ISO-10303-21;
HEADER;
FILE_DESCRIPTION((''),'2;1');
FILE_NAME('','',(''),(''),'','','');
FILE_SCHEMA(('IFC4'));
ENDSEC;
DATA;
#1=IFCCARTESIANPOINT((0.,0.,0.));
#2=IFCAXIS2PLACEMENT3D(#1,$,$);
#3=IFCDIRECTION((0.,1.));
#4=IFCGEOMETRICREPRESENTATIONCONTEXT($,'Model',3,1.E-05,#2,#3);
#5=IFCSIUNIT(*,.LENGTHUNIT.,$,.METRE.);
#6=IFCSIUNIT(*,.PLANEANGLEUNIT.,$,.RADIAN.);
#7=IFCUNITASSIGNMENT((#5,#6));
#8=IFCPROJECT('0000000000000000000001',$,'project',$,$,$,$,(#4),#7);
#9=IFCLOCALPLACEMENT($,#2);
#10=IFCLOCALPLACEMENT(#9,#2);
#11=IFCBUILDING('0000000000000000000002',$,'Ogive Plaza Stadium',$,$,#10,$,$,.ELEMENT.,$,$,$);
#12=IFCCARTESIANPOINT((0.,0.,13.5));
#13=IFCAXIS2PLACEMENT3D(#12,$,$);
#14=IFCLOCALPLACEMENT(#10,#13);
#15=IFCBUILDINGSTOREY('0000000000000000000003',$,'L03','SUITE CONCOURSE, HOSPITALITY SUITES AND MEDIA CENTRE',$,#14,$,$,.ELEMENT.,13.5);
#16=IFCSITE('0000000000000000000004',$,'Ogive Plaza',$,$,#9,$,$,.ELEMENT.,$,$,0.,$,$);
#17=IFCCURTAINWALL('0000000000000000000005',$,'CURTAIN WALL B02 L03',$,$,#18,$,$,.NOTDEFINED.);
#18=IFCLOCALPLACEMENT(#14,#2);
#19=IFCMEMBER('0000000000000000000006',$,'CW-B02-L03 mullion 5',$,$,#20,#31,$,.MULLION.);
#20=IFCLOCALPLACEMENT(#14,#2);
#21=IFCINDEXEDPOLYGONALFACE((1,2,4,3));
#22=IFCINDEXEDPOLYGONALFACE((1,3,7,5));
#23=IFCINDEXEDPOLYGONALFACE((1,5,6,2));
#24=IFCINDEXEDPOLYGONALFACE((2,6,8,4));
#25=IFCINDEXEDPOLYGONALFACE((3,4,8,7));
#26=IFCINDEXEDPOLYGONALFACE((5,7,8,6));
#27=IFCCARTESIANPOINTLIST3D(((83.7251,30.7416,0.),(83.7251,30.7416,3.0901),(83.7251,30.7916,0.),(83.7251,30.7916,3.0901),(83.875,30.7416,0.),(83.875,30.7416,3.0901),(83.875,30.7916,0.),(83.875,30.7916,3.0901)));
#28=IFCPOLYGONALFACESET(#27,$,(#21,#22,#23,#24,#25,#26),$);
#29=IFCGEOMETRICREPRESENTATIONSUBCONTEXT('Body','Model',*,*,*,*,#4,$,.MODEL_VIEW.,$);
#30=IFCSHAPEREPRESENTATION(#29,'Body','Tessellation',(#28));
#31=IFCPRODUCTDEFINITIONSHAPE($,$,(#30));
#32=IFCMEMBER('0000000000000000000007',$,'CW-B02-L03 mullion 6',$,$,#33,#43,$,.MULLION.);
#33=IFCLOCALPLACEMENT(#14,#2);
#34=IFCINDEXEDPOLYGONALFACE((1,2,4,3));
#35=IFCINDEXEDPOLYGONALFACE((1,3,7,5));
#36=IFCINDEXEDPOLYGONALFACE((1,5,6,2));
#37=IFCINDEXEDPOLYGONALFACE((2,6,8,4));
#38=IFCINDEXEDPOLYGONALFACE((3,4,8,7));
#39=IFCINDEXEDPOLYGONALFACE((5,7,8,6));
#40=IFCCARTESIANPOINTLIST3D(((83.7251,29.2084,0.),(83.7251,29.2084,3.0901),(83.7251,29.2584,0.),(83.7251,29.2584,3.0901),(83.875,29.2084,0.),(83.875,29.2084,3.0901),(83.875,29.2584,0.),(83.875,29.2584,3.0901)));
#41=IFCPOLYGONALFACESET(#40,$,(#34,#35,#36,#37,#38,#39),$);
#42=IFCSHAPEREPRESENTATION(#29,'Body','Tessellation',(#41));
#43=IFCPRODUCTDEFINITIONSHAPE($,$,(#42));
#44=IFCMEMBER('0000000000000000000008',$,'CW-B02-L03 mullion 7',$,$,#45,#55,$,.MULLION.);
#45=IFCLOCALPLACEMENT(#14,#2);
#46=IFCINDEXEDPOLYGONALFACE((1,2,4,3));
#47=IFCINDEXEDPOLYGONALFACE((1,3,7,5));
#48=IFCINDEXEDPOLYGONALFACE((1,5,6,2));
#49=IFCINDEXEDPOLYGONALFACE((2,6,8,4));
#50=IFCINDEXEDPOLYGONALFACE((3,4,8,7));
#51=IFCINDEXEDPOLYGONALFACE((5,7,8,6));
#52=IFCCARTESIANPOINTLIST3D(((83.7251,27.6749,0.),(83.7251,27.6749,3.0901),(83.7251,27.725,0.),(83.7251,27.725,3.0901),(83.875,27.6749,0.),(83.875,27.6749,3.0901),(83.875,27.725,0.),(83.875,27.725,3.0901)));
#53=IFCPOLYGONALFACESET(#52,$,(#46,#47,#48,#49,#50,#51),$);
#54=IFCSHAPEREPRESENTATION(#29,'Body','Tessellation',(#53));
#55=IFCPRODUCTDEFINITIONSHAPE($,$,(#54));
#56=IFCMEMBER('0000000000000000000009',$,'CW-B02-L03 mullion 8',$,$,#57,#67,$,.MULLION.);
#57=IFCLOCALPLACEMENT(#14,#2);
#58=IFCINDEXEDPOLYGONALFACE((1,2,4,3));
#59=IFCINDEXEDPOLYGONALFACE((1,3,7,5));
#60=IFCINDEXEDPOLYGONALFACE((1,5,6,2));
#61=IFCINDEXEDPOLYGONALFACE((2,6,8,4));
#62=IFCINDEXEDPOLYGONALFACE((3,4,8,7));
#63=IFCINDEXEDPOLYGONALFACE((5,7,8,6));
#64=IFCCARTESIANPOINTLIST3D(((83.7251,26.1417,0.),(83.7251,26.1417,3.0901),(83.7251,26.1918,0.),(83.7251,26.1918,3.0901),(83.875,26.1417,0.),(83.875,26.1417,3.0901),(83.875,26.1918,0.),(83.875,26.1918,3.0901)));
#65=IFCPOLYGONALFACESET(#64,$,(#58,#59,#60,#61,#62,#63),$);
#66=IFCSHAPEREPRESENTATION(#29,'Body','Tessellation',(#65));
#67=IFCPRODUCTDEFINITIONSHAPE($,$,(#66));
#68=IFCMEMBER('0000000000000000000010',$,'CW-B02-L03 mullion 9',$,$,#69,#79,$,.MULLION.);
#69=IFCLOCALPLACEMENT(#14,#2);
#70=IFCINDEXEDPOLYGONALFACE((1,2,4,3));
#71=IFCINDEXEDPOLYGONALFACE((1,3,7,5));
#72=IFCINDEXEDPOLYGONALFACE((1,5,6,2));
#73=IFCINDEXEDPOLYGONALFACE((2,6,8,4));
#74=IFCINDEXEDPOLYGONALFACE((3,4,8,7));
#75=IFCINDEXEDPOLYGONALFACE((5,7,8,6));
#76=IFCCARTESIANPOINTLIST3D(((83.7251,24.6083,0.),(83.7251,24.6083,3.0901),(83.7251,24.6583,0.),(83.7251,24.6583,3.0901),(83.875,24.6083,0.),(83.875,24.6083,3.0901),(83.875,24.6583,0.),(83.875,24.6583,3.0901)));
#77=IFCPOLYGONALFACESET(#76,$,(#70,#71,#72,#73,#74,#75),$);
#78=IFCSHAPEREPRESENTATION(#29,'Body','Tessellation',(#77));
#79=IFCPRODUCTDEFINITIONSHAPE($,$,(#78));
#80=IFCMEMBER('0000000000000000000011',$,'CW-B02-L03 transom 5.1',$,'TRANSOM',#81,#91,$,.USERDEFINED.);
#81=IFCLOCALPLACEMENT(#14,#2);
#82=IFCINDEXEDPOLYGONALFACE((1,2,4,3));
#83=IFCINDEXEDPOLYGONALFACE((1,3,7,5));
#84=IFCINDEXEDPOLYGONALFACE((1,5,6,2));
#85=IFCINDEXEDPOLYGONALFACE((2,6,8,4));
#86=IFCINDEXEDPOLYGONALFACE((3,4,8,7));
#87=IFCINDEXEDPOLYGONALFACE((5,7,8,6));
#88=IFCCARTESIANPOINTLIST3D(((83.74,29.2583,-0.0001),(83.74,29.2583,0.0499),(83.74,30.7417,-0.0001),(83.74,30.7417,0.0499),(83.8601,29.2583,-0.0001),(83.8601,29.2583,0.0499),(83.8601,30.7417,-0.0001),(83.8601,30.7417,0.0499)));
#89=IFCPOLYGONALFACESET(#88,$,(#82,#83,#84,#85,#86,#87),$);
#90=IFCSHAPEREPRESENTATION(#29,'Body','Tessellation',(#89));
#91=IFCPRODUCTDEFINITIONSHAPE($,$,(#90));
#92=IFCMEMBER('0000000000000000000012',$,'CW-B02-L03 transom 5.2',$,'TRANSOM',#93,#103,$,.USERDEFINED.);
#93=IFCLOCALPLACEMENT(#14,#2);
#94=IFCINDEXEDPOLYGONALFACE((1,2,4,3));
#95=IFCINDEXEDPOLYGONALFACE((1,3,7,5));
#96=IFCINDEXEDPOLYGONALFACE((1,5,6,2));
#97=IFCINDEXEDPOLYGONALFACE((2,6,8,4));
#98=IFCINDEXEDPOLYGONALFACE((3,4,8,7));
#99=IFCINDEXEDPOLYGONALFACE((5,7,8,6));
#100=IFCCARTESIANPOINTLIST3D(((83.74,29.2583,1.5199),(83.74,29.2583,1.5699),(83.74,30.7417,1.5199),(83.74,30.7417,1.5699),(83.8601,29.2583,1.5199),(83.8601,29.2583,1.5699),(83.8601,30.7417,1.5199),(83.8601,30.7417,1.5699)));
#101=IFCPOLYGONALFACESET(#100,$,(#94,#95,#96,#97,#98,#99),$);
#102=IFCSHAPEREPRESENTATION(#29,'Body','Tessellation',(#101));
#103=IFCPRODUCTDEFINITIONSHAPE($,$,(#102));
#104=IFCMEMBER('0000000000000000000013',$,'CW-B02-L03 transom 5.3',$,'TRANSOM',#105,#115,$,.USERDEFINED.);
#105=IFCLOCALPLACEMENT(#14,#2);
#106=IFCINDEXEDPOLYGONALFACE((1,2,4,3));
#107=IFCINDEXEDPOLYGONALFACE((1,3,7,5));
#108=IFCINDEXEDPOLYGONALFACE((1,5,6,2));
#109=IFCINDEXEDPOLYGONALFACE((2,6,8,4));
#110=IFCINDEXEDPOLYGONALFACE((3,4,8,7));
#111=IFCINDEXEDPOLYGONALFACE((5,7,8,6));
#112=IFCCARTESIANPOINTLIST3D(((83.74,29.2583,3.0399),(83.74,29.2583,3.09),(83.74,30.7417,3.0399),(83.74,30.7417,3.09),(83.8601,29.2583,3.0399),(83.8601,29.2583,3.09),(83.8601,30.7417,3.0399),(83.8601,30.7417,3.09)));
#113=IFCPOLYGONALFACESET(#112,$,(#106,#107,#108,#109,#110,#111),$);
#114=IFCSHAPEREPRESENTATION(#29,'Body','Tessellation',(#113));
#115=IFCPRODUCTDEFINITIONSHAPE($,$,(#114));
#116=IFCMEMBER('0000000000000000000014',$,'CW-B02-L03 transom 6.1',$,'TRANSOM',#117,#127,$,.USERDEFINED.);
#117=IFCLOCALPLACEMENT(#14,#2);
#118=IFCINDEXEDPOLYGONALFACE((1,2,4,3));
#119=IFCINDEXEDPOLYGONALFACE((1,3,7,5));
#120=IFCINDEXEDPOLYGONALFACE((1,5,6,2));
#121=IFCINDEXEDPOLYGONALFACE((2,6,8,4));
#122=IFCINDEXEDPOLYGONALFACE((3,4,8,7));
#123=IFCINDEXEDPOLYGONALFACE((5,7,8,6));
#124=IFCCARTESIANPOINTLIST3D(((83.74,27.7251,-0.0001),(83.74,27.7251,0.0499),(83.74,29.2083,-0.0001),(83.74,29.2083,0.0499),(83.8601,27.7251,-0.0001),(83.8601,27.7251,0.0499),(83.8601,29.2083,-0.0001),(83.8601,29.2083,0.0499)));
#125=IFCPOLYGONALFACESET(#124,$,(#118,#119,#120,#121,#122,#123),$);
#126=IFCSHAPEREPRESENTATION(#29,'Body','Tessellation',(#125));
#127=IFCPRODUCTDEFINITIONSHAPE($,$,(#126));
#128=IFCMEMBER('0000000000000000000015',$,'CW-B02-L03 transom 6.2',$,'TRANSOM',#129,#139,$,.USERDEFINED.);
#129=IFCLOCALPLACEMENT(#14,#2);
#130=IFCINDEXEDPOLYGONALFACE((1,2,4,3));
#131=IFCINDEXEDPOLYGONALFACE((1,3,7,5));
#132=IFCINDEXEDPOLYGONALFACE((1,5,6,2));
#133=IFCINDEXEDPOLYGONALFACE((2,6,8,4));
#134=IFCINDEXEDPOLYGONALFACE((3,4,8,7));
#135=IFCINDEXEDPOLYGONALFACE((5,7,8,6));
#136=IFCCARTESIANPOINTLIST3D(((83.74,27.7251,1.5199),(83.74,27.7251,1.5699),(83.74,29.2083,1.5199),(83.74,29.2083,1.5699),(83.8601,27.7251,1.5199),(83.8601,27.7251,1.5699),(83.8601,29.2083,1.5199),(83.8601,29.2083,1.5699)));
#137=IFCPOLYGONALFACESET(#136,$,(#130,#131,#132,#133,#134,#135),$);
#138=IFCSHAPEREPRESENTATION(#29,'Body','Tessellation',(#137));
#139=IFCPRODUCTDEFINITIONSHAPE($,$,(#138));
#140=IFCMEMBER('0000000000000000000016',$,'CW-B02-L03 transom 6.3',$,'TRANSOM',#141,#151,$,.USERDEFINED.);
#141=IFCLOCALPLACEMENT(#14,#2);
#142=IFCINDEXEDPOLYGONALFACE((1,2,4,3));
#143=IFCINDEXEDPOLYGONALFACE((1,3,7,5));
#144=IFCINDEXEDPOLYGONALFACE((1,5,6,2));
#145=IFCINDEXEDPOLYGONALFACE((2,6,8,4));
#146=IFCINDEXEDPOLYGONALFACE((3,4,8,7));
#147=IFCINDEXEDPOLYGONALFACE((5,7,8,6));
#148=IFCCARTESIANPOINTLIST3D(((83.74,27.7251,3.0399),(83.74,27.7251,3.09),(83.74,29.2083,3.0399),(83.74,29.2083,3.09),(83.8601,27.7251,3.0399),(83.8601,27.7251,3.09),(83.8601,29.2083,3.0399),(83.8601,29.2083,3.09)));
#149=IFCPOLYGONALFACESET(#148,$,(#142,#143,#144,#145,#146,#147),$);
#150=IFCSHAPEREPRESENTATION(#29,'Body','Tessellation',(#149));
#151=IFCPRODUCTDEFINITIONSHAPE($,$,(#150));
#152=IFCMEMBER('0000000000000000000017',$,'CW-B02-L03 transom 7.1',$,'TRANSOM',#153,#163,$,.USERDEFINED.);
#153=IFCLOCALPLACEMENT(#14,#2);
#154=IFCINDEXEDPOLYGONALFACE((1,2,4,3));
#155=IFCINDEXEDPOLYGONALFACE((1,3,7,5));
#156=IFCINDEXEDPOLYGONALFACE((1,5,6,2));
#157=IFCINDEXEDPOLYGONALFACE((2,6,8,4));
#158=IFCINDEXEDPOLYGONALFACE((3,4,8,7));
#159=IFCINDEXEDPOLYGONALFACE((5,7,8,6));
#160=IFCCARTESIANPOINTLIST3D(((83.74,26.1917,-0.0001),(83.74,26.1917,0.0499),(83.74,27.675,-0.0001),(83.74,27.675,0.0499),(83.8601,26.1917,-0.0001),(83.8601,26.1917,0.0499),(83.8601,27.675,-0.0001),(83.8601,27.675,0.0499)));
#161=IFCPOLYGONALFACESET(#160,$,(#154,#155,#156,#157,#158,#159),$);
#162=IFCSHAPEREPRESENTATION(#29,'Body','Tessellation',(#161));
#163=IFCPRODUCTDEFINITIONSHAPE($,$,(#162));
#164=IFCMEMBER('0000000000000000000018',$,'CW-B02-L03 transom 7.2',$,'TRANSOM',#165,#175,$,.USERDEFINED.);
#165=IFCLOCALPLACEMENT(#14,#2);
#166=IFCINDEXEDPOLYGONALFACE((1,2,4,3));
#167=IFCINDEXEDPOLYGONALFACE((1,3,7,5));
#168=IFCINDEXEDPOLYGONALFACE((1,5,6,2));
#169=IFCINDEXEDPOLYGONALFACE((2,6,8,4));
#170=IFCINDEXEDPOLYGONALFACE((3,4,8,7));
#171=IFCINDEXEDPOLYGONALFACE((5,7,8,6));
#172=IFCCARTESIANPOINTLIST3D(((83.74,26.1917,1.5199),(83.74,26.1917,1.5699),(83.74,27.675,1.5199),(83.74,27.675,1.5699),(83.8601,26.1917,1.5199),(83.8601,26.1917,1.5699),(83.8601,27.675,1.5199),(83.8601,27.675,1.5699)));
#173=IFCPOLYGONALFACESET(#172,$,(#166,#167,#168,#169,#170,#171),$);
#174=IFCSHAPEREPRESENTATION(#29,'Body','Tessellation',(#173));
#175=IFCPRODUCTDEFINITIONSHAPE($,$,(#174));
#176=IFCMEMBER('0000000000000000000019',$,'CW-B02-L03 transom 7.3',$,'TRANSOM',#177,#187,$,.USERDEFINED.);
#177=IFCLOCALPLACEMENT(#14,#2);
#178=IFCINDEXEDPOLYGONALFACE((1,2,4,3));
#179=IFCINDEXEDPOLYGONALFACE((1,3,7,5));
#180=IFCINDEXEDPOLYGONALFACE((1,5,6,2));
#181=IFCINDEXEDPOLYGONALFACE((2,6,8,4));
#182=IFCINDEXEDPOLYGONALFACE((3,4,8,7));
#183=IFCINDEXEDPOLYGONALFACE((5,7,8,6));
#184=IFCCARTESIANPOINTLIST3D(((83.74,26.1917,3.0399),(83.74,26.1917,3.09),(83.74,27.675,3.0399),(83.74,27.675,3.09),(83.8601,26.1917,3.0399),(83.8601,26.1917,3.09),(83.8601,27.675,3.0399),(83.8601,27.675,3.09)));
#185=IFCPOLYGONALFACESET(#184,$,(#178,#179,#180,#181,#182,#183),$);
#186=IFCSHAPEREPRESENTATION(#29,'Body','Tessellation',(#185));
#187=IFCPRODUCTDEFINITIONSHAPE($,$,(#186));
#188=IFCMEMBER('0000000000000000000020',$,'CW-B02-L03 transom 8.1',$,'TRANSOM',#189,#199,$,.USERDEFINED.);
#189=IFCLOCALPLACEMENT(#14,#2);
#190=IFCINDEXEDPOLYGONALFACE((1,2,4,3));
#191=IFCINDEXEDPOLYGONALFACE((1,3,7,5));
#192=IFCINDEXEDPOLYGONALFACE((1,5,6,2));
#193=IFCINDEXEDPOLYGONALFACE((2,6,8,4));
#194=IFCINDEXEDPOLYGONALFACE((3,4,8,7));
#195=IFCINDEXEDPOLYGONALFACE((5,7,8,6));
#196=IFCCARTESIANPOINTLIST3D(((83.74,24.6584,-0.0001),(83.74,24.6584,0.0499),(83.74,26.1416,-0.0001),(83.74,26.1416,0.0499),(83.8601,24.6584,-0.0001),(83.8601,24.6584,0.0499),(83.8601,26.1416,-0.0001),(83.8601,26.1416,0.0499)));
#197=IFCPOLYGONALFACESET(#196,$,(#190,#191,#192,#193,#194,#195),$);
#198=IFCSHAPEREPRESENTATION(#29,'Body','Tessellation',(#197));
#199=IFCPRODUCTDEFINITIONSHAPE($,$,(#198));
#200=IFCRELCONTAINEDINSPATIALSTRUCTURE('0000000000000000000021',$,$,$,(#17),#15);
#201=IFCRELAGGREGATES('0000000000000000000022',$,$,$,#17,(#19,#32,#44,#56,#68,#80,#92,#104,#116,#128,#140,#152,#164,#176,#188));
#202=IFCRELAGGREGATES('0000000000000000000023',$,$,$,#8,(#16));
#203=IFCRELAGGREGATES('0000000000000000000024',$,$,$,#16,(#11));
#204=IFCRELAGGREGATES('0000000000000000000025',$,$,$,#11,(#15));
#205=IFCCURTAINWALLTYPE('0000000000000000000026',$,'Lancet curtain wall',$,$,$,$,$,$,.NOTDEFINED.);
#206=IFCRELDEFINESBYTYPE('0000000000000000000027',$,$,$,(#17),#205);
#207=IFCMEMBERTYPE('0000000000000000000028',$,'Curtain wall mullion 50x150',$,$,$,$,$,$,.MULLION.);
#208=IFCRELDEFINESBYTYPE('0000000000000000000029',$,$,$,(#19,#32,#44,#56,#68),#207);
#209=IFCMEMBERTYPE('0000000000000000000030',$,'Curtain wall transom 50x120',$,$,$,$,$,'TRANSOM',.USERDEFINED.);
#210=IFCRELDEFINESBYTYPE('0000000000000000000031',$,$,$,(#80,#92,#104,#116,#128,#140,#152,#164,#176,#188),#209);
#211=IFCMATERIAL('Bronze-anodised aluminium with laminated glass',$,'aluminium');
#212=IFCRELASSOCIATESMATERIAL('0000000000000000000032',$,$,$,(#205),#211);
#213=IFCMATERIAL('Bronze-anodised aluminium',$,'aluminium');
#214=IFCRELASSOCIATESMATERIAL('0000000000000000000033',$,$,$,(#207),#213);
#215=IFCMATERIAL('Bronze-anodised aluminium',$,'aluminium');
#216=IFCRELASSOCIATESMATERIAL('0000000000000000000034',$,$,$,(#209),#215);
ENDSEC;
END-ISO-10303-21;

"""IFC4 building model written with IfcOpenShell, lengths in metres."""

from ifc_helpers import new_model, si_unit, direction, frame, origin, origin_2d, place, context, subcontext, project, spatial, rectangle, extrude, material, material_profile, profile_set, type_object, element, aggregate, save


model = new_model("IFC4")

# Units and contexts
model_context = context("Model", 3, precision=1e-05, world=origin(), true_north=direction((0.0, 1.0)))
body_context = subcontext(model_context, "Body", "Model", "MODEL_VIEW")
ifc_project = project(units=[si_unit("LENGTHUNIT", "METRE"), si_unit("PLANEANGLEUNIT", "RADIAN")], contexts=[model_context])

# Site, building, storey
site_placement = place(None, origin())
site = spatial("IfcSite", under=ifc_project, at=site_placement, Name="Ogive Plaza", CompositionType="ELEMENT", RefElevation=0.0)
building_placement = place(site_placement, origin())
building = spatial("IfcBuilding", under=site, at=building_placement, Name="Ogive Plaza Stadium", CompositionType="ELEMENT")
storey_placement = place(building_placement, frame((0.0, 0.0, 13.5)))
storey = spatial("IfcBuildingStorey", under=building, at=storey_placement, Name="L03", Description="SUITE CONCOURSE, HOSPITALITY SUITES AND MEDIA CENTRE", CompositionType="ELEMENT", Elevation=13.5)

# Curtain wall, members
ifc_material_1 = material(Name="Bronze-anodised aluminium with laminated glass", Category="aluminium")
curtain_wall_type = type_object("IfcCurtainWallType", Name="Lancet curtain wall", PredefinedType="NOTDEFINED", material=ifc_material_1)
curtain_wall_placement = place(storey_placement, origin())
curtain_wall = element("IfcCurtainWall", 1, at=curtain_wall_placement, inside=storey, type_object=curtain_wall_type, Name="CURTAIN WALL B02 L03", PredefinedType="NOTDEFINED")
ifc_material_2 = material(Name="Bronze-anodised aluminium", Category="aluminium")
ifc_material_profile_1 = material_profile(ifc_material_2, rectangle(XDim=0.1499, YDim=0.05, at=origin_2d()), Name="AL 150x50")
ifc_profile_set_1 = profile_set([ifc_material_profile_1], Name="Bronze-anodised aluminium")
member_type_1 = type_object("IfcMemberType", Name="Curtain wall mullion 50x150", PredefinedType="MULLION", material=ifc_profile_set_1)
member_1_placement = place(storey_placement, frame((83.8, 30.7666, 0.0), z_axis=(0.0, 0.0, 1.0), x_axis=(1.0, 0.0, 0.0)))
member_1 = element("IfcMember", 2, at=member_1_placement, type_object=member_type_1, Name="CW-B02-L03 mullion 5", PredefinedType="MULLION", context=body_context, shape_type="SweptSolid", body=[
    extrude(rectangle(XDim=0.1499, YDim=0.05, at=origin_2d()), origin(), (0.0, 0.0, 1.0), 3.0901),
])
member_2_placement = place(storey_placement, frame((83.8, 29.2334, 0.0), z_axis=(0.0, 0.0, 1.0), x_axis=(1.0, 0.0, 0.0)))
member_2 = element("IfcMember", 3, at=member_2_placement, type_object=member_type_1, Name="CW-B02-L03 mullion 6", PredefinedType="MULLION", context=body_context, shape_type="SweptSolid", body=[
    extrude(rectangle(XDim=0.1499, YDim=0.05, at=origin_2d()), origin(), (0.0, 0.0, 1.0), 3.0901),
])
member_3_placement = place(storey_placement, frame((83.8, 27.7, 0.0), z_axis=(0.0, 0.0, 1.0), x_axis=(1.0, 0.0, 0.0)))
member_3 = element("IfcMember", 4, at=member_3_placement, type_object=member_type_1, Name="CW-B02-L03 mullion 7", PredefinedType="MULLION", context=body_context, shape_type="SweptSolid", body=[
    extrude(rectangle(XDim=0.1499, YDim=0.05, at=origin_2d()), origin(), (0.0, 0.0, 1.0), 3.0901),
])
member_4_placement = place(storey_placement, frame((83.8, 26.1667, 0.0), z_axis=(0.0, 0.0, 1.0), x_axis=(1.0, 0.0, 0.0)))
member_4 = element("IfcMember", 5, at=member_4_placement, type_object=member_type_1, Name="CW-B02-L03 mullion 8", PredefinedType="MULLION", context=body_context, shape_type="SweptSolid", body=[
    extrude(rectangle(XDim=0.1499, YDim=0.05, at=origin_2d()), origin(), (0.0, 0.0, 1.0), 3.0901),
])
member_5_placement = place(storey_placement, frame((83.8, 24.6333, 0.0), z_axis=(0.0, 0.0, 1.0), x_axis=(1.0, 0.0, 0.0)))
member_5 = element("IfcMember", 6, at=member_5_placement, type_object=member_type_1, Name="CW-B02-L03 mullion 9", PredefinedType="MULLION", context=body_context, shape_type="SweptSolid", body=[
    extrude(rectangle(XDim=0.1499, YDim=0.05, at=origin_2d()), origin(), (0.0, 0.0, 1.0), 3.0901),
])
ifc_material_3 = material(Name="Bronze-anodised aluminium", Category="aluminium")
ifc_material_profile_2 = material_profile(ifc_material_3, rectangle(XDim=0.1201, YDim=0.05, at=origin_2d()), Name="AL 120x50")
ifc_profile_set_2 = profile_set([ifc_material_profile_2], Name="Bronze-anodised aluminium")
member_type_2 = type_object("IfcMemberType", Name="Curtain wall transom 50x120", ElementType="TRANSOM", PredefinedType="USERDEFINED", material=ifc_profile_set_2)
member_6_placement = place(storey_placement, frame((83.8, 30.7417, 0.0249), z_axis=(0.0, -1.0, 0.0), x_axis=(1.0, 0.0, 0.0)))
member_6 = element("IfcMember", 7, at=member_6_placement, type_object=member_type_2, Name="CW-B02-L03 transom 5.1", ObjectType="TRANSOM", PredefinedType="USERDEFINED", context=body_context, shape_type="SweptSolid", body=[
    extrude(rectangle(XDim=0.1201, YDim=0.05, at=origin_2d()), origin(), (0.0, 0.0, 1.0), 1.4834),
])
member_7_placement = place(storey_placement, frame((83.8, 30.7417, 1.5449), z_axis=(0.0, -1.0, 0.0), x_axis=(1.0, 0.0, 0.0)))
member_7 = element("IfcMember", 8, at=member_7_placement, type_object=member_type_2, Name="CW-B02-L03 transom 5.2", ObjectType="TRANSOM", PredefinedType="USERDEFINED", context=body_context, shape_type="SweptSolid", body=[
    extrude(rectangle(XDim=0.1201, YDim=0.05, at=origin_2d()), origin(), (0.0, 0.0, 1.0), 1.4834),
])
member_8_placement = place(storey_placement, frame((83.8, 30.7417, 3.0649), z_axis=(0.0, -1.0, 0.0), x_axis=(1.0, 0.0, 0.0)))
member_8 = element("IfcMember", 9, at=member_8_placement, type_object=member_type_2, Name="CW-B02-L03 transom 5.3", ObjectType="TRANSOM", PredefinedType="USERDEFINED", context=body_context, shape_type="SweptSolid", body=[
    extrude(rectangle(XDim=0.1201, YDim=0.05, at=origin_2d()), origin(), (0.0, 0.0, 1.0), 1.4834),
])
member_9_placement = place(storey_placement, frame((83.8, 29.2083, 0.0249), z_axis=(0.0, -1.0, 0.0), x_axis=(1.0, 0.0, 0.0)))
member_9 = element("IfcMember", 10, at=member_9_placement, type_object=member_type_2, Name="CW-B02-L03 transom 6.1", ObjectType="TRANSOM", PredefinedType="USERDEFINED", context=body_context, shape_type="SweptSolid", body=[
    extrude(rectangle(XDim=0.1201, YDim=0.05, at=origin_2d()), origin(), (0.0, 0.0, 1.0), 1.4832),
])
member_10_placement = place(storey_placement, frame((83.8, 29.2083, 1.5449), z_axis=(0.0, -1.0, 0.0), x_axis=(1.0, 0.0, 0.0)))
member_10 = element("IfcMember", 11, at=member_10_placement, type_object=member_type_2, Name="CW-B02-L03 transom 6.2", ObjectType="TRANSOM", PredefinedType="USERDEFINED", context=body_context, shape_type="SweptSolid", body=[
    extrude(rectangle(XDim=0.1201, YDim=0.05, at=origin_2d()), origin(), (0.0, 0.0, 1.0), 1.4832),
])
member_11_placement = place(storey_placement, frame((83.8, 29.2083, 3.0649), z_axis=(0.0, -1.0, 0.0), x_axis=(1.0, 0.0, 0.0)))
member_11 = element("IfcMember", 12, at=member_11_placement, type_object=member_type_2, Name="CW-B02-L03 transom 6.3", ObjectType="TRANSOM", PredefinedType="USERDEFINED", context=body_context, shape_type="SweptSolid", body=[
    extrude(rectangle(XDim=0.1201, YDim=0.05, at=origin_2d()), origin(), (0.0, 0.0, 1.0), 1.4832),
])
member_12_placement = place(storey_placement, frame((83.8, 27.675, 0.0249), z_axis=(0.0, -1.0, 0.0), x_axis=(1.0, 0.0, 0.0)))
member_12 = element("IfcMember", 13, at=member_12_placement, type_object=member_type_2, Name="CW-B02-L03 transom 7.1", ObjectType="TRANSOM", PredefinedType="USERDEFINED", context=body_context, shape_type="SweptSolid", body=[
    extrude(rectangle(XDim=0.1201, YDim=0.05, at=origin_2d()), origin(), (0.0, 0.0, 1.0), 1.4834),
])
member_13_placement = place(storey_placement, frame((83.8, 27.675, 1.5449), z_axis=(0.0, -1.0, 0.0), x_axis=(1.0, 0.0, 0.0)))
member_13 = element("IfcMember", 14, at=member_13_placement, type_object=member_type_2, Name="CW-B02-L03 transom 7.2", ObjectType="TRANSOM", PredefinedType="USERDEFINED", context=body_context, shape_type="SweptSolid", body=[
    extrude(rectangle(XDim=0.1201, YDim=0.05, at=origin_2d()), origin(), (0.0, 0.0, 1.0), 1.4834),
])
member_14_placement = place(storey_placement, frame((83.8, 27.675, 3.0649), z_axis=(0.0, -1.0, 0.0), x_axis=(1.0, 0.0, 0.0)))
member_14 = element("IfcMember", 15, at=member_14_placement, type_object=member_type_2, Name="CW-B02-L03 transom 7.3", ObjectType="TRANSOM", PredefinedType="USERDEFINED", context=body_context, shape_type="SweptSolid", body=[
    extrude(rectangle(XDim=0.1201, YDim=0.05, at=origin_2d()), origin(), (0.0, 0.0, 1.0), 1.4834),
])
member_15_placement = place(storey_placement, frame((83.8, 26.1416, 0.0249), z_axis=(0.0, -1.0, 0.0), x_axis=(1.0, 0.0, 0.0)))
member_15 = element("IfcMember", 16, at=member_15_placement, type_object=member_type_2, Name="CW-B02-L03 transom 8.1", ObjectType="TRANSOM", PredefinedType="USERDEFINED", context=body_context, shape_type="SweptSolid", body=[
    extrude(rectangle(XDim=0.1201, YDim=0.05, at=origin_2d()), origin(), (0.0, 0.0, 1.0), 1.4832),
])
aggregate(curtain_wall, [member_1, member_2, member_3, member_4, member_5, member_6, member_7, member_8, member_9, member_10, member_11, member_12, member_13, member_14, member_15])

save(model, "model.ifc")
